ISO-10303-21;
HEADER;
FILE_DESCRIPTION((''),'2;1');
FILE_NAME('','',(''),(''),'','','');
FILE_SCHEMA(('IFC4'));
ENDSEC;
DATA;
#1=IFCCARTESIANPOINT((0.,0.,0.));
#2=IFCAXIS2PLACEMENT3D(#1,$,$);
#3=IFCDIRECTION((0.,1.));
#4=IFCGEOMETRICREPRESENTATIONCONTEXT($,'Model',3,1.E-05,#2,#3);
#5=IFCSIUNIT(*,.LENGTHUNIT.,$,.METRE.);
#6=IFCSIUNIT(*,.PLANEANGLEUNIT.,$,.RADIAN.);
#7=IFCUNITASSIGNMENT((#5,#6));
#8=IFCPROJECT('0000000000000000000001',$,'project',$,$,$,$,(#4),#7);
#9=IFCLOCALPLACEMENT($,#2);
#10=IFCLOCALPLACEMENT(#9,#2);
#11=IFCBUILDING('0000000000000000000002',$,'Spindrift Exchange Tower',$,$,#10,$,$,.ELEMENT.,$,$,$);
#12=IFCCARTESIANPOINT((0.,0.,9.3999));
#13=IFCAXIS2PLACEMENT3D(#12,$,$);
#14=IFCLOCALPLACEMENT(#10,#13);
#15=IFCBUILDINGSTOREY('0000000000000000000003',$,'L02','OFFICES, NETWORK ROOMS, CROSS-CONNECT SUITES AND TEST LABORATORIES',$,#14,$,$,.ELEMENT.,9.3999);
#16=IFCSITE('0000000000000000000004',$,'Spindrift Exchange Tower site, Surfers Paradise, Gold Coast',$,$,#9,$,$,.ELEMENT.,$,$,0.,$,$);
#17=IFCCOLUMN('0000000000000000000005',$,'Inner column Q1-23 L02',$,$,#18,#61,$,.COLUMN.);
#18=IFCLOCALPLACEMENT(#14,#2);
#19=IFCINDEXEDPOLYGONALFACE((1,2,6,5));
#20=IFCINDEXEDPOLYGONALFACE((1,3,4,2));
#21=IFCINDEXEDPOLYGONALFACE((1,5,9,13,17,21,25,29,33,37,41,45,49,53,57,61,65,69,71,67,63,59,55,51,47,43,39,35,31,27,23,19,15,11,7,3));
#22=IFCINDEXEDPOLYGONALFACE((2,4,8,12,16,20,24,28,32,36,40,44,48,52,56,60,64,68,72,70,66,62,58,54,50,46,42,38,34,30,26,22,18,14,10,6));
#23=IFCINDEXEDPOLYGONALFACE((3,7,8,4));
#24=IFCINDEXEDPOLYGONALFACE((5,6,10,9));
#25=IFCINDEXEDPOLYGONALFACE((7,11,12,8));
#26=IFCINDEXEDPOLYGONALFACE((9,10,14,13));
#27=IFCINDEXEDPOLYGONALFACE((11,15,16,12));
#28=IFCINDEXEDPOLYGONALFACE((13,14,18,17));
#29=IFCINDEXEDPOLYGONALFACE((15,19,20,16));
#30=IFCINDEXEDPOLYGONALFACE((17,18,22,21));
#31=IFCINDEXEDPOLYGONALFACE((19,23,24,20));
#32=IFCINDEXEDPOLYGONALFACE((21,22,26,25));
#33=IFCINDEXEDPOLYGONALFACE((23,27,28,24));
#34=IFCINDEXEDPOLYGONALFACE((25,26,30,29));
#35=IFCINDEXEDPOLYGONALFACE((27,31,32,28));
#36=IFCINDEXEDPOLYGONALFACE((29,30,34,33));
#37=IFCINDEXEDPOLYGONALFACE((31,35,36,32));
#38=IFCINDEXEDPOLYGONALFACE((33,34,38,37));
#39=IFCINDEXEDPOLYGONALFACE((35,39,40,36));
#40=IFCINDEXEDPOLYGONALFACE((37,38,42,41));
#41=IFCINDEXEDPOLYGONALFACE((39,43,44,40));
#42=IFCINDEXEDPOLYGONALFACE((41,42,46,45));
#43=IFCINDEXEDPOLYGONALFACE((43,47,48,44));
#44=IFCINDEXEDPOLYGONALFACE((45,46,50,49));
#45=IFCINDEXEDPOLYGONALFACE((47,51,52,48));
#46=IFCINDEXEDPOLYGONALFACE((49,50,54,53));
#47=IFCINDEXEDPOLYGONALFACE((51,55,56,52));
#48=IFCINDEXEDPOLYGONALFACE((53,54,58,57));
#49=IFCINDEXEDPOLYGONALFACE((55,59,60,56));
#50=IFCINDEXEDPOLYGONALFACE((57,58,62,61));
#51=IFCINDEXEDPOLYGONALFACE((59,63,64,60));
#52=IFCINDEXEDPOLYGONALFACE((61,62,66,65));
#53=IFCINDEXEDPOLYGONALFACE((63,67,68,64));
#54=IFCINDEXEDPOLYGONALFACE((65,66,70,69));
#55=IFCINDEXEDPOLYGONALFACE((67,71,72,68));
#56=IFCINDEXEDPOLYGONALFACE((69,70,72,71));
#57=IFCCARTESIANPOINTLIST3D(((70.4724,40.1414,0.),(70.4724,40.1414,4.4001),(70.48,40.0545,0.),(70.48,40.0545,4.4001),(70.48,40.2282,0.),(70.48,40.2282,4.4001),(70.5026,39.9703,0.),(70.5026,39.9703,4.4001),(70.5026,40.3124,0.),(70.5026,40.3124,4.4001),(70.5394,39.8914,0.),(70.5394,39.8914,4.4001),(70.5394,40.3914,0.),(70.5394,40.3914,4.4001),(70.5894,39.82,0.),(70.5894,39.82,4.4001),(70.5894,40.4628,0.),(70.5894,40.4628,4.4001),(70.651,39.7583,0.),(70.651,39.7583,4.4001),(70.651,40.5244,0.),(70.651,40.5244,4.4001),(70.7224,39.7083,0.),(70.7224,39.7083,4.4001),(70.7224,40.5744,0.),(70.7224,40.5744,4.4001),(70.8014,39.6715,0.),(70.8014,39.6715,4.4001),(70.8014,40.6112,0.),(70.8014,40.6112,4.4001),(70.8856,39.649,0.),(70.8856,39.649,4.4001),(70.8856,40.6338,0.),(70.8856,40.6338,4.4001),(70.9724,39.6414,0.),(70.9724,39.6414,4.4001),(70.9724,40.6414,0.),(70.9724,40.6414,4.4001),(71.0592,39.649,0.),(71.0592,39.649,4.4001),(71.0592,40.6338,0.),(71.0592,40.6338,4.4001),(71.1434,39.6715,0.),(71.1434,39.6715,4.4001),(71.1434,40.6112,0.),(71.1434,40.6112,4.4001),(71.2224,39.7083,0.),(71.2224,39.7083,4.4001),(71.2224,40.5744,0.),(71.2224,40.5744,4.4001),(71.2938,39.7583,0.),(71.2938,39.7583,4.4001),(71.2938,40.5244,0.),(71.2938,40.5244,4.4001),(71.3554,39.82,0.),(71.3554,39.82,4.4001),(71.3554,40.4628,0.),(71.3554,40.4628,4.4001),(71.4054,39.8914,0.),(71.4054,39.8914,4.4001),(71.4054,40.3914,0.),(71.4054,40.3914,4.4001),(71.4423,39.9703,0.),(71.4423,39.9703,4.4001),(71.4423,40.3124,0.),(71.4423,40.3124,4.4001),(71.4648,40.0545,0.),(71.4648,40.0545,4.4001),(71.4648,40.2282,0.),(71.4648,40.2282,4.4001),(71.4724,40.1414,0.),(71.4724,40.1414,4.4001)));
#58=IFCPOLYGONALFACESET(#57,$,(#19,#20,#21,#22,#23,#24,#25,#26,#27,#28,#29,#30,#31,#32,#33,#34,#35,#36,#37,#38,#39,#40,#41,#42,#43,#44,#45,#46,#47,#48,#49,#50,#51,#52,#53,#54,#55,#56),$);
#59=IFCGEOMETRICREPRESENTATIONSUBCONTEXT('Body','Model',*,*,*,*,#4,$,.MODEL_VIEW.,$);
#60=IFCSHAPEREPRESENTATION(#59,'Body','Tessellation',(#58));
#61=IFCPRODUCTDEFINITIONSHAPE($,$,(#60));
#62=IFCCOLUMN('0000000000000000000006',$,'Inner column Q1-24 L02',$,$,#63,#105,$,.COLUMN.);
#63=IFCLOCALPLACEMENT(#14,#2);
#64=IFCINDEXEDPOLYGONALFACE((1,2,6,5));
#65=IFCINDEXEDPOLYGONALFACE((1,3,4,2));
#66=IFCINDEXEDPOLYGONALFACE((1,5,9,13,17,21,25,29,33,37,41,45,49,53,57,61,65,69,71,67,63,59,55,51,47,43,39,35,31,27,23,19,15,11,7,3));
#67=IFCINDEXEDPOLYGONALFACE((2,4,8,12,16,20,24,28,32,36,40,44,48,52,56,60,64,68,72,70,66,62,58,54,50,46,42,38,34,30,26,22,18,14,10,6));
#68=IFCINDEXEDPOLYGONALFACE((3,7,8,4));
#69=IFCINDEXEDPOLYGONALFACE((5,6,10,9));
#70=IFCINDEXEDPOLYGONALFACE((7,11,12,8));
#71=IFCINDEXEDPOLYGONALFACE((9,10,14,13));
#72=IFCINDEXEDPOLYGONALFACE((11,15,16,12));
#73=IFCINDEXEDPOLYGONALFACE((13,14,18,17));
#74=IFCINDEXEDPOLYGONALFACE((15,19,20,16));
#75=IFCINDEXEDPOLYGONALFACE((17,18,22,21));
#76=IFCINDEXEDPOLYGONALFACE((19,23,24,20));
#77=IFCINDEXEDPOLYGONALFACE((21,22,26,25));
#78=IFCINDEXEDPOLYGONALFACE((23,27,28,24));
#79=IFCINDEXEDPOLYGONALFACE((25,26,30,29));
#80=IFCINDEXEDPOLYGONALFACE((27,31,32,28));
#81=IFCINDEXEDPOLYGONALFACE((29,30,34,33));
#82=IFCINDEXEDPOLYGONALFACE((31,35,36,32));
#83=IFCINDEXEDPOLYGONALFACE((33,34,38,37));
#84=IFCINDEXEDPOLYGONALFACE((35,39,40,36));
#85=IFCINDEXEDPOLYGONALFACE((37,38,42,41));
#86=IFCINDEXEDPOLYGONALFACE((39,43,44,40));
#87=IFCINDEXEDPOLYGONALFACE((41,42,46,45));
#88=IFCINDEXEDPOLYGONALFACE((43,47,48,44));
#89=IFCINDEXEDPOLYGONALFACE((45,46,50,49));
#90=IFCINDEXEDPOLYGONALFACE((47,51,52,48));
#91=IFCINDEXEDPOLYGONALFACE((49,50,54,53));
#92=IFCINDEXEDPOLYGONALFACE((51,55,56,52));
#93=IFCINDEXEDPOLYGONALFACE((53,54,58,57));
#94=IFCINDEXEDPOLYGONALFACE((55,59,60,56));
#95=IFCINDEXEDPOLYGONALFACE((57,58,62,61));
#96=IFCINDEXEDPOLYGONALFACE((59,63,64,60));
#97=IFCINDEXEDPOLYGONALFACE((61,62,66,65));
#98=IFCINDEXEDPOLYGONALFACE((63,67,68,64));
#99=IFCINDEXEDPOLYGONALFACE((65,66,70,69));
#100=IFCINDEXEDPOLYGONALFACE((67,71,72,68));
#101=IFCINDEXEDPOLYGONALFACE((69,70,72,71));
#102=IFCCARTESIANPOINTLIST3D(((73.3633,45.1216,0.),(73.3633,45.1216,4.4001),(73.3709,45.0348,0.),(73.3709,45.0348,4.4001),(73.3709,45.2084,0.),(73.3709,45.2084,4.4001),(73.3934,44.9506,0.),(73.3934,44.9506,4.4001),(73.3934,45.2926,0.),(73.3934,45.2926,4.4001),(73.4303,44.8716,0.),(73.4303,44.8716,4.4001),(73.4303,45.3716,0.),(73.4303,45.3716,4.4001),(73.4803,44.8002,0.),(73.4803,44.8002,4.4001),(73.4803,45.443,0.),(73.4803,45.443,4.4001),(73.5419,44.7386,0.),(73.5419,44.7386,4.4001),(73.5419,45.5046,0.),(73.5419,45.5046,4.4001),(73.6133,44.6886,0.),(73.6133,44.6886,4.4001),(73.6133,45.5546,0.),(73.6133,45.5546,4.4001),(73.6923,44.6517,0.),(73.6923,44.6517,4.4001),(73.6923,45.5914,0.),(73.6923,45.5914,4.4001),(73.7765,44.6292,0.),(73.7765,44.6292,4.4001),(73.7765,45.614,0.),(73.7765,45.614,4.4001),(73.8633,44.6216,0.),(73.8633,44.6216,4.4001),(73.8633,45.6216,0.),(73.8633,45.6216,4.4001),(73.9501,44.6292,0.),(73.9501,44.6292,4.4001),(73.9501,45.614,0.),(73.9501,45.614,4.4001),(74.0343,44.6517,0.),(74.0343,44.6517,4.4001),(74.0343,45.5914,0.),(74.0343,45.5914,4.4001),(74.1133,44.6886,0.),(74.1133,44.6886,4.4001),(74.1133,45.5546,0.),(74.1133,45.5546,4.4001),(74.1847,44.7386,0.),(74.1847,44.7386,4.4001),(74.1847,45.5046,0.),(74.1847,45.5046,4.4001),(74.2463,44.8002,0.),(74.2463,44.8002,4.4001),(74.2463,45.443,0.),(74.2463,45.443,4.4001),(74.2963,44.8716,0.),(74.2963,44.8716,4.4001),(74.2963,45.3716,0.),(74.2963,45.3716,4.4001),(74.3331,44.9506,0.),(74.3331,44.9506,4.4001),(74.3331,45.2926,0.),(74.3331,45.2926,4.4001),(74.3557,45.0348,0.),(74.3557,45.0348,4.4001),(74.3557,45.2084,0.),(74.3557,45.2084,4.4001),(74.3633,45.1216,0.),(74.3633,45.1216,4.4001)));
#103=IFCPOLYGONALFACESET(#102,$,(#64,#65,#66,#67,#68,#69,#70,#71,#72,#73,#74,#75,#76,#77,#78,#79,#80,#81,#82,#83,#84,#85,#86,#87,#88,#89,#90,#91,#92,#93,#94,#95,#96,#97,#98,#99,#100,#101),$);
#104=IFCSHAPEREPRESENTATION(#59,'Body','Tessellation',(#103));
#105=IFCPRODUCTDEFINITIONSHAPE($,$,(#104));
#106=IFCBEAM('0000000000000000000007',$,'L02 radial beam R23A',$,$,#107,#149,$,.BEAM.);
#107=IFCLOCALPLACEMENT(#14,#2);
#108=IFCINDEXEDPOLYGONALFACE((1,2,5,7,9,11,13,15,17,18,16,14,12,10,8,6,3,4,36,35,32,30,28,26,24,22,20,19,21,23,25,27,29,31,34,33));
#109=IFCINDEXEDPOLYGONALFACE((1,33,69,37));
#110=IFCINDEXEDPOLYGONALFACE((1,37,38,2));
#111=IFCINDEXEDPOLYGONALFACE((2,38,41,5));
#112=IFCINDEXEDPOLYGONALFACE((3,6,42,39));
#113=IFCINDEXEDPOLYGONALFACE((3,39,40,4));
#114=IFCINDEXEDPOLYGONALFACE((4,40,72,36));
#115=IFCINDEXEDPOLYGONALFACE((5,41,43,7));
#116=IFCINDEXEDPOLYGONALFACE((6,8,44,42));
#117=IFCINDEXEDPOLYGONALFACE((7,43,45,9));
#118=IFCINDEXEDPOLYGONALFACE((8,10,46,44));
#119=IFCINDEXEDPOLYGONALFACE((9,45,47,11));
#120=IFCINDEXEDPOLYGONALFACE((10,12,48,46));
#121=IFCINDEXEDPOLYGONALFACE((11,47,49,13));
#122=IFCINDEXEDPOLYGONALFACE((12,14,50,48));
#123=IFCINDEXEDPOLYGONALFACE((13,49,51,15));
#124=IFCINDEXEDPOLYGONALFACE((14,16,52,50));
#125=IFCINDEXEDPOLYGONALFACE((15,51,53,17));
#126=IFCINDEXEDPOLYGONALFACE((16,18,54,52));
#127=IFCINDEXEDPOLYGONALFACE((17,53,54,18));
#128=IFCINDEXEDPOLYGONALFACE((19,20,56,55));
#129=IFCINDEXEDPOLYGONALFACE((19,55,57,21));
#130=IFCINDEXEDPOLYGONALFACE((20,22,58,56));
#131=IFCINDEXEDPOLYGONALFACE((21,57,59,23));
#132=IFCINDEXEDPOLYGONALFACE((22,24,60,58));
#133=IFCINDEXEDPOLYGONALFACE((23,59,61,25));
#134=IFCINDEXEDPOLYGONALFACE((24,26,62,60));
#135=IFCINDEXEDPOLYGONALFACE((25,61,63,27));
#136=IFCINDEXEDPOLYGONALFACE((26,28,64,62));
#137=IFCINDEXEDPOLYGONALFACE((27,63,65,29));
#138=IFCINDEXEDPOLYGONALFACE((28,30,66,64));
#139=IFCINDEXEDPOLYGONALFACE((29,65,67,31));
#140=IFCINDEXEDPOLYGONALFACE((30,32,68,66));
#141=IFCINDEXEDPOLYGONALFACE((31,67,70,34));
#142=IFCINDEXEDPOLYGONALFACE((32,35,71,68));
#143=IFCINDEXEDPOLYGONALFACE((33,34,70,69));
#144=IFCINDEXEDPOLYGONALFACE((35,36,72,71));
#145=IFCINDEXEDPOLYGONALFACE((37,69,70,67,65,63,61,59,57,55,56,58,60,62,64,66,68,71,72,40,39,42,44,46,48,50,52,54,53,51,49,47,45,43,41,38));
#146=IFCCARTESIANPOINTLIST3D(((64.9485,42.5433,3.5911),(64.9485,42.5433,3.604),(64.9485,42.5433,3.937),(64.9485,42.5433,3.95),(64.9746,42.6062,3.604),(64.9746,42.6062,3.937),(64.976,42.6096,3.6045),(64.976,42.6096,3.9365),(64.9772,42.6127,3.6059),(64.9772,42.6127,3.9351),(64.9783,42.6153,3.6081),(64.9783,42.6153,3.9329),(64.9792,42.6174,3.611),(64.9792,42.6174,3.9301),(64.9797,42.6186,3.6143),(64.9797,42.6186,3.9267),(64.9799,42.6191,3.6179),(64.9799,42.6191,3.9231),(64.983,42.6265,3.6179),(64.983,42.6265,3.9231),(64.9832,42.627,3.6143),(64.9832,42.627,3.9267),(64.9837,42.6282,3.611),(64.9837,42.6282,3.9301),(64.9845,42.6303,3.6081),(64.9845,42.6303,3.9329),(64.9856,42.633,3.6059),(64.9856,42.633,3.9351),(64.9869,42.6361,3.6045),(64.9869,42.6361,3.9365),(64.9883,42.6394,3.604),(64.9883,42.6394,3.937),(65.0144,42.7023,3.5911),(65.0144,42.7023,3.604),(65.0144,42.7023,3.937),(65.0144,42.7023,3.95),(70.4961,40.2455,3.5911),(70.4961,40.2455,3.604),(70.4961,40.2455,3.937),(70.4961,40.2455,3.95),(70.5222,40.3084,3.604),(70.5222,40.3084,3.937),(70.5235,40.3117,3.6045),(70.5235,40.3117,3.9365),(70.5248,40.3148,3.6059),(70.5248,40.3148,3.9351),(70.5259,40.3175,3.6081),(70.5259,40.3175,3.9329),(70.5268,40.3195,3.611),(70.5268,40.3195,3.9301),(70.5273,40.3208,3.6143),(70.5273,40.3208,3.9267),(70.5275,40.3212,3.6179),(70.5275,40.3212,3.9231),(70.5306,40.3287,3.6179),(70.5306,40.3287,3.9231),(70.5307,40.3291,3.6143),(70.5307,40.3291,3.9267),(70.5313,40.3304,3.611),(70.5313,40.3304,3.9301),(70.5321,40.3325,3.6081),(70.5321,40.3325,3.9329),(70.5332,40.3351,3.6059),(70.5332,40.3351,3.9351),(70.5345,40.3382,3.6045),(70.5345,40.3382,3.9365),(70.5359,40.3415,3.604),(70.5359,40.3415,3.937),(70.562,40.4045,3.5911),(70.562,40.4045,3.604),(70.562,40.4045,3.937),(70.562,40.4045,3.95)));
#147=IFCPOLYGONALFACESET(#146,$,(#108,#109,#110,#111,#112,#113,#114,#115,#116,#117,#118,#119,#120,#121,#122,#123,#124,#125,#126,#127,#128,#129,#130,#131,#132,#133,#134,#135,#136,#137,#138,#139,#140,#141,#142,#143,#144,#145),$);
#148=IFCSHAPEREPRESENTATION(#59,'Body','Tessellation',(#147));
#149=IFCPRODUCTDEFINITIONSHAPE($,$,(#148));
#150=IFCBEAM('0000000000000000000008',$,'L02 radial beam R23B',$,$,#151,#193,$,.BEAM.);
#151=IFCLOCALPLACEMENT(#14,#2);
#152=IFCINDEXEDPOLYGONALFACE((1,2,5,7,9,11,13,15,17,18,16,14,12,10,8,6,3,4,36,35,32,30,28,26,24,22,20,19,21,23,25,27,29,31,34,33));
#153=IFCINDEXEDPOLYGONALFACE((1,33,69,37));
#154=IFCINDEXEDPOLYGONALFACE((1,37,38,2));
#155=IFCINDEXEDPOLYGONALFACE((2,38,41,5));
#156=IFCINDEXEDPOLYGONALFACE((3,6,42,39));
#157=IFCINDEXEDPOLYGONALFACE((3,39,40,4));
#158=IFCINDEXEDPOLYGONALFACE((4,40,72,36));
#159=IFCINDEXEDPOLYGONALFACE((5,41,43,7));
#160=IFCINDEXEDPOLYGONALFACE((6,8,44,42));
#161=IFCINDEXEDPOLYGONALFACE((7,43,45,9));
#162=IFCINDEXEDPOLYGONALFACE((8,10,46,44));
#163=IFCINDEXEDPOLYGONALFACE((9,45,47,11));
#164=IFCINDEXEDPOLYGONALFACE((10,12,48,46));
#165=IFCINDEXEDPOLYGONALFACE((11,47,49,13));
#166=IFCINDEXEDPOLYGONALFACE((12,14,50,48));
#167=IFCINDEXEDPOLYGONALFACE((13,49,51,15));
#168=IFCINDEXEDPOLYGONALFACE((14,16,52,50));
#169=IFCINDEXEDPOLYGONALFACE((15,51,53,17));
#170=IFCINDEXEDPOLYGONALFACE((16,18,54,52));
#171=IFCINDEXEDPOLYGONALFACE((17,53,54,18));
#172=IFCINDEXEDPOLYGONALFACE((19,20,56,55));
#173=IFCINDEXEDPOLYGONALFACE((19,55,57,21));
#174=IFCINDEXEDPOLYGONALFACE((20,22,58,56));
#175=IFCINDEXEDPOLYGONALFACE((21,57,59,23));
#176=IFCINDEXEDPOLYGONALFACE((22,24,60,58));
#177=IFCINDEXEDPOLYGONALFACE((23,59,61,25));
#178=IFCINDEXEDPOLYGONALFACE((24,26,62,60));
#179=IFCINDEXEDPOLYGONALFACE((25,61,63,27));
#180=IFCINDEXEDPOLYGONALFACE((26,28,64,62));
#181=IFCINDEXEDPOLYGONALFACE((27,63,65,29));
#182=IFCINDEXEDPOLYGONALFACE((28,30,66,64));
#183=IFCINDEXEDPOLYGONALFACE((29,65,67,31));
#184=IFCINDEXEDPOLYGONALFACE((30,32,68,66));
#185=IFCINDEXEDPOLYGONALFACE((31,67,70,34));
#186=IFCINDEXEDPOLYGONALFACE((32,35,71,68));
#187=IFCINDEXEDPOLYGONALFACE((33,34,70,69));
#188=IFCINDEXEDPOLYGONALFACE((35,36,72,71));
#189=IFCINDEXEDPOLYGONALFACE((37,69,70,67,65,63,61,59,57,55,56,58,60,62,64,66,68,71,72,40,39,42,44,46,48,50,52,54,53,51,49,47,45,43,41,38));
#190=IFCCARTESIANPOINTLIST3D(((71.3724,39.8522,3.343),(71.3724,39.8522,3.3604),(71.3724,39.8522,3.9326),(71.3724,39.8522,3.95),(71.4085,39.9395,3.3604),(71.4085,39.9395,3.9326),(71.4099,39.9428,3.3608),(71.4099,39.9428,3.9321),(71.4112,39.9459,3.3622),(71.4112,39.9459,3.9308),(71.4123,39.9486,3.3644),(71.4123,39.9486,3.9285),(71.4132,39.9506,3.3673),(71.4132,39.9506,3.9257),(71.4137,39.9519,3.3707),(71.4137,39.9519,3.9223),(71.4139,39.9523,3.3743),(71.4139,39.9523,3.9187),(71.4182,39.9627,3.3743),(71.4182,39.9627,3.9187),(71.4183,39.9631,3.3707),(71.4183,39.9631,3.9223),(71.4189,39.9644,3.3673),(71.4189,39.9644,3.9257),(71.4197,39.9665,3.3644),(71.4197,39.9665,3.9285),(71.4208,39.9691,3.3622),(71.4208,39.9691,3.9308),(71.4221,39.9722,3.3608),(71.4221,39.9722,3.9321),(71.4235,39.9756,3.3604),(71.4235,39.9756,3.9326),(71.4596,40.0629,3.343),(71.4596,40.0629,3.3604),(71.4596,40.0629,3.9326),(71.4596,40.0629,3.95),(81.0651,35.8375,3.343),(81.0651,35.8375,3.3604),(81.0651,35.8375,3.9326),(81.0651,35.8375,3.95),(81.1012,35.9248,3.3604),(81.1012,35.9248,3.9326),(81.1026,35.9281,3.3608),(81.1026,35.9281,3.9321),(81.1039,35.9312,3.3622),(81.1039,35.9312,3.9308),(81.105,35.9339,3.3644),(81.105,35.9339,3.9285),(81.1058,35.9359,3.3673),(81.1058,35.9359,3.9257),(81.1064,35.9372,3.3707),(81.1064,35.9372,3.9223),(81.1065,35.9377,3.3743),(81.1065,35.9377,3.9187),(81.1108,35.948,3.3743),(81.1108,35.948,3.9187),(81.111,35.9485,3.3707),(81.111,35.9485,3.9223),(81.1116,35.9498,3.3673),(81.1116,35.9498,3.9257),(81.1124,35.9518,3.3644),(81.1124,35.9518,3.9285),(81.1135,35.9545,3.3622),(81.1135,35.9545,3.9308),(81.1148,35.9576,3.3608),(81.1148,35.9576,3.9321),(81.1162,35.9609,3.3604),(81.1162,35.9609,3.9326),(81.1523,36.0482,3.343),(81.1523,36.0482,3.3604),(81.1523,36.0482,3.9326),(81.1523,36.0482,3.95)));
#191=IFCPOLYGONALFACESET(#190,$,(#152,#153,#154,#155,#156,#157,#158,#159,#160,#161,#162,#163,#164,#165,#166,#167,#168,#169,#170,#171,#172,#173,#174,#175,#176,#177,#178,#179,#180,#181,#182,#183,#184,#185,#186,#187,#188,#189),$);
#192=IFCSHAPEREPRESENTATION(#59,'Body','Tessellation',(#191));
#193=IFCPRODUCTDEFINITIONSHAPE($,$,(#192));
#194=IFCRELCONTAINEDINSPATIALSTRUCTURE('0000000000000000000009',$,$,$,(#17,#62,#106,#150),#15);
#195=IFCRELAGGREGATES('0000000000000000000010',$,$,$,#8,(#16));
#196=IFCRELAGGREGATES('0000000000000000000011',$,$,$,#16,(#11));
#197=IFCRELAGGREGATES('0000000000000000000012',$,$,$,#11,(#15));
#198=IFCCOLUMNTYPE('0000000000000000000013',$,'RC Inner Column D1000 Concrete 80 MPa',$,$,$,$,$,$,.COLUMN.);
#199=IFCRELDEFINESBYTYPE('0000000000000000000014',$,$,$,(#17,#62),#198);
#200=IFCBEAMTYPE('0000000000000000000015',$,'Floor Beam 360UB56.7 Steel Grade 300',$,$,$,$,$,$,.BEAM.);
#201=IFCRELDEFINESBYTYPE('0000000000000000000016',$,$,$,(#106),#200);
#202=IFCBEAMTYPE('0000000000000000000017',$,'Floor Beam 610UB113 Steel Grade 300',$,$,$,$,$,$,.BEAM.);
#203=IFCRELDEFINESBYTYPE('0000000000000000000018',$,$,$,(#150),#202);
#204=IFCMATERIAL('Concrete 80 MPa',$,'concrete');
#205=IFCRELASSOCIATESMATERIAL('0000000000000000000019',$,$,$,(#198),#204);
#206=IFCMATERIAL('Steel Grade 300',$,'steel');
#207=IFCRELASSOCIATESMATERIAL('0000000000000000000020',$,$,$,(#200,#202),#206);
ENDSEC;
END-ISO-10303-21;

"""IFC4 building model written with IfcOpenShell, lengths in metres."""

from ifc_helpers import new_model, si_unit, direction, frame, origin, origin_2d, place, context, subcontext, project, spatial, circle, i_section, extrude, source, transform, mapped, material, material_profile, profile_set, type_object, element, save


model = new_model("IFC4")

# Units and contexts
model_context = context("Model", 3, precision=1e-05, world=origin(), true_north=direction((0.0, 1.0)))
body_context = subcontext(model_context, "Body", "Model", "MODEL_VIEW")
ifc_project = project(units=[si_unit("LENGTHUNIT", "METRE"), si_unit("PLANEANGLEUNIT", "RADIAN")], contexts=[model_context])

# Site, building, storey
site_placement = place(None, origin())
site = spatial("IfcSite", under=ifc_project, at=site_placement, Name="Spindrift Exchange Tower site, Surfers Paradise, Gold Coast", CompositionType="ELEMENT", RefElevation=0.0)
building_placement = place(site_placement, origin())
building = spatial("IfcBuilding", under=site, at=building_placement, Name="Spindrift Exchange Tower", CompositionType="ELEMENT")
storey_placement = place(building_placement, frame((0.0, 0.0, 9.3999)))
storey = spatial("IfcBuildingStorey", under=building, at=storey_placement, Name="L02", Description="OFFICES, NETWORK ROOMS, CROSS-CONNECT SUITES AND TEST LABORATORIES", CompositionType="ELEMENT", Elevation=9.3999)

# Columns
ifc_material_1 = material(Name="Concrete 80 MPa", Category="concrete")
ifc_material_profile_1 = material_profile(ifc_material_1, circle(Radius=0.5, at=origin_2d()), Name="RC D1000")
ifc_profile_set_1 = profile_set([ifc_material_profile_1], Name="Concrete 80 MPa")
column_type = type_object("IfcColumnType", Name="RC Inner Column D1000 Concrete 80 MPa", PredefinedType="COLUMN", material=ifc_profile_set_1)
shared_shape_1 = source(origin(), body_context, "Body", "SweptSolid", [
    extrude(circle(Radius=0.5, at=origin_2d()), origin(), (0.0, 0.0, 1.0), 4.4001),
])
for number, where, z_axis, x_axis, name in (
    (1, (70.9724, 40.1414, 0.0), (0.0, 0.0, 1.0), (1.0, 0.0, 0.0), "Inner column Q1-23 L02"),
    (2, (73.8633, 45.1216, 0.0), (0.0, 0.0, 1.0), (1.0, 0.0, 0.0), "Inner column Q1-24 L02"),
):
    element("IfcColumn", number, at=place(storey_placement, frame(where, z_axis=z_axis, x_axis=x_axis)), inside=storey, type_object=column_type, Name=name, PredefinedType="COLUMN", context=body_context, shape_type="MappedRepresentation", body=[
        mapped(shared_shape_1, transform((0.0, 0.0, 0.0), scale=1.0)),
    ])

# Beams
ifc_material_2 = material(Name="Steel Grade 300", Category="steel")
ifc_material_profile_2 = material_profile(ifc_material_2, i_section(OverallWidth=0.1721, OverallDepth=0.3589, WebThickness=0.0081, FlangeThickness=0.0129, FilletRadius=0.0139, at=origin_2d()), Name="360UB56.7")
ifc_profile_set_2 = profile_set([ifc_material_profile_2], Name="Steel Grade 300")
beam_type_1 = type_object("IfcBeamType", Name="Floor Beam 360UB56.7 Steel Grade 300", PredefinedType="BEAM", material=ifc_profile_set_2)
shared_shape_2 = source(origin(), body_context, "Body", "SweptSolid", [
    extrude(i_section(OverallWidth=0.1721, OverallDepth=0.3589, WebThickness=0.0081, FlangeThickness=0.0129, FilletRadius=0.0139, at=origin_2d()), origin(), (0.0, 0.0, 1.0), 6.0046),
])
beam_1_placement = place(storey_placement, frame((64.9814, 42.6228, 3.7705), z_axis=(0.923882, -0.382677, 0.0), x_axis=(0.382677, 0.923882, 0.0)))
element("IfcBeam", 3, at=beam_1_placement, inside=storey, type_object=beam_type_1, Name="L02 radial beam R23A", PredefinedType="BEAM", context=body_context, shape_type="MappedRepresentation", body=[
    mapped(shared_shape_2, transform((0.0, 0.0, 0.0), scale=1.0)),
])
ifc_material_profile_3 = material_profile(ifc_material_2, i_section(OverallWidth=0.228, OverallDepth=0.6069, WebThickness=0.0112, FlangeThickness=0.0173, FilletRadius=0.0139, at=origin_2d()), Name="610UB113")
ifc_profile_set_3 = profile_set([ifc_material_profile_3], Name="Steel Grade 300")
beam_type_2 = type_object("IfcBeamType", Name="Floor Beam 610UB113 Steel Grade 300", PredefinedType="BEAM", material=ifc_profile_set_3)
shared_shape_3 = source(origin(), body_context, "Body", "SweptSolid", [
    extrude(i_section(OverallWidth=0.228, OverallDepth=0.6069, WebThickness=0.0112, FlangeThickness=0.0173, FilletRadius=0.0139, at=origin_2d()), origin(), (0.0, 0.0, 1.0), 10.4912),
])
beam_2_placement = place(storey_placement, frame((71.416, 39.9575, 3.6465), z_axis=(0.923885, -0.38267, 0.0), x_axis=(0.38267, 0.923885, 0.0)))
element("IfcBeam", 4, at=beam_2_placement, inside=storey, type_object=beam_type_2, Name="L02 radial beam R23B", PredefinedType="BEAM", context=body_context, shape_type="MappedRepresentation", body=[
    mapped(shared_shape_3, transform((0.0, 0.0, 0.0), scale=1.0)),
])

save(model, "model.ifc")
